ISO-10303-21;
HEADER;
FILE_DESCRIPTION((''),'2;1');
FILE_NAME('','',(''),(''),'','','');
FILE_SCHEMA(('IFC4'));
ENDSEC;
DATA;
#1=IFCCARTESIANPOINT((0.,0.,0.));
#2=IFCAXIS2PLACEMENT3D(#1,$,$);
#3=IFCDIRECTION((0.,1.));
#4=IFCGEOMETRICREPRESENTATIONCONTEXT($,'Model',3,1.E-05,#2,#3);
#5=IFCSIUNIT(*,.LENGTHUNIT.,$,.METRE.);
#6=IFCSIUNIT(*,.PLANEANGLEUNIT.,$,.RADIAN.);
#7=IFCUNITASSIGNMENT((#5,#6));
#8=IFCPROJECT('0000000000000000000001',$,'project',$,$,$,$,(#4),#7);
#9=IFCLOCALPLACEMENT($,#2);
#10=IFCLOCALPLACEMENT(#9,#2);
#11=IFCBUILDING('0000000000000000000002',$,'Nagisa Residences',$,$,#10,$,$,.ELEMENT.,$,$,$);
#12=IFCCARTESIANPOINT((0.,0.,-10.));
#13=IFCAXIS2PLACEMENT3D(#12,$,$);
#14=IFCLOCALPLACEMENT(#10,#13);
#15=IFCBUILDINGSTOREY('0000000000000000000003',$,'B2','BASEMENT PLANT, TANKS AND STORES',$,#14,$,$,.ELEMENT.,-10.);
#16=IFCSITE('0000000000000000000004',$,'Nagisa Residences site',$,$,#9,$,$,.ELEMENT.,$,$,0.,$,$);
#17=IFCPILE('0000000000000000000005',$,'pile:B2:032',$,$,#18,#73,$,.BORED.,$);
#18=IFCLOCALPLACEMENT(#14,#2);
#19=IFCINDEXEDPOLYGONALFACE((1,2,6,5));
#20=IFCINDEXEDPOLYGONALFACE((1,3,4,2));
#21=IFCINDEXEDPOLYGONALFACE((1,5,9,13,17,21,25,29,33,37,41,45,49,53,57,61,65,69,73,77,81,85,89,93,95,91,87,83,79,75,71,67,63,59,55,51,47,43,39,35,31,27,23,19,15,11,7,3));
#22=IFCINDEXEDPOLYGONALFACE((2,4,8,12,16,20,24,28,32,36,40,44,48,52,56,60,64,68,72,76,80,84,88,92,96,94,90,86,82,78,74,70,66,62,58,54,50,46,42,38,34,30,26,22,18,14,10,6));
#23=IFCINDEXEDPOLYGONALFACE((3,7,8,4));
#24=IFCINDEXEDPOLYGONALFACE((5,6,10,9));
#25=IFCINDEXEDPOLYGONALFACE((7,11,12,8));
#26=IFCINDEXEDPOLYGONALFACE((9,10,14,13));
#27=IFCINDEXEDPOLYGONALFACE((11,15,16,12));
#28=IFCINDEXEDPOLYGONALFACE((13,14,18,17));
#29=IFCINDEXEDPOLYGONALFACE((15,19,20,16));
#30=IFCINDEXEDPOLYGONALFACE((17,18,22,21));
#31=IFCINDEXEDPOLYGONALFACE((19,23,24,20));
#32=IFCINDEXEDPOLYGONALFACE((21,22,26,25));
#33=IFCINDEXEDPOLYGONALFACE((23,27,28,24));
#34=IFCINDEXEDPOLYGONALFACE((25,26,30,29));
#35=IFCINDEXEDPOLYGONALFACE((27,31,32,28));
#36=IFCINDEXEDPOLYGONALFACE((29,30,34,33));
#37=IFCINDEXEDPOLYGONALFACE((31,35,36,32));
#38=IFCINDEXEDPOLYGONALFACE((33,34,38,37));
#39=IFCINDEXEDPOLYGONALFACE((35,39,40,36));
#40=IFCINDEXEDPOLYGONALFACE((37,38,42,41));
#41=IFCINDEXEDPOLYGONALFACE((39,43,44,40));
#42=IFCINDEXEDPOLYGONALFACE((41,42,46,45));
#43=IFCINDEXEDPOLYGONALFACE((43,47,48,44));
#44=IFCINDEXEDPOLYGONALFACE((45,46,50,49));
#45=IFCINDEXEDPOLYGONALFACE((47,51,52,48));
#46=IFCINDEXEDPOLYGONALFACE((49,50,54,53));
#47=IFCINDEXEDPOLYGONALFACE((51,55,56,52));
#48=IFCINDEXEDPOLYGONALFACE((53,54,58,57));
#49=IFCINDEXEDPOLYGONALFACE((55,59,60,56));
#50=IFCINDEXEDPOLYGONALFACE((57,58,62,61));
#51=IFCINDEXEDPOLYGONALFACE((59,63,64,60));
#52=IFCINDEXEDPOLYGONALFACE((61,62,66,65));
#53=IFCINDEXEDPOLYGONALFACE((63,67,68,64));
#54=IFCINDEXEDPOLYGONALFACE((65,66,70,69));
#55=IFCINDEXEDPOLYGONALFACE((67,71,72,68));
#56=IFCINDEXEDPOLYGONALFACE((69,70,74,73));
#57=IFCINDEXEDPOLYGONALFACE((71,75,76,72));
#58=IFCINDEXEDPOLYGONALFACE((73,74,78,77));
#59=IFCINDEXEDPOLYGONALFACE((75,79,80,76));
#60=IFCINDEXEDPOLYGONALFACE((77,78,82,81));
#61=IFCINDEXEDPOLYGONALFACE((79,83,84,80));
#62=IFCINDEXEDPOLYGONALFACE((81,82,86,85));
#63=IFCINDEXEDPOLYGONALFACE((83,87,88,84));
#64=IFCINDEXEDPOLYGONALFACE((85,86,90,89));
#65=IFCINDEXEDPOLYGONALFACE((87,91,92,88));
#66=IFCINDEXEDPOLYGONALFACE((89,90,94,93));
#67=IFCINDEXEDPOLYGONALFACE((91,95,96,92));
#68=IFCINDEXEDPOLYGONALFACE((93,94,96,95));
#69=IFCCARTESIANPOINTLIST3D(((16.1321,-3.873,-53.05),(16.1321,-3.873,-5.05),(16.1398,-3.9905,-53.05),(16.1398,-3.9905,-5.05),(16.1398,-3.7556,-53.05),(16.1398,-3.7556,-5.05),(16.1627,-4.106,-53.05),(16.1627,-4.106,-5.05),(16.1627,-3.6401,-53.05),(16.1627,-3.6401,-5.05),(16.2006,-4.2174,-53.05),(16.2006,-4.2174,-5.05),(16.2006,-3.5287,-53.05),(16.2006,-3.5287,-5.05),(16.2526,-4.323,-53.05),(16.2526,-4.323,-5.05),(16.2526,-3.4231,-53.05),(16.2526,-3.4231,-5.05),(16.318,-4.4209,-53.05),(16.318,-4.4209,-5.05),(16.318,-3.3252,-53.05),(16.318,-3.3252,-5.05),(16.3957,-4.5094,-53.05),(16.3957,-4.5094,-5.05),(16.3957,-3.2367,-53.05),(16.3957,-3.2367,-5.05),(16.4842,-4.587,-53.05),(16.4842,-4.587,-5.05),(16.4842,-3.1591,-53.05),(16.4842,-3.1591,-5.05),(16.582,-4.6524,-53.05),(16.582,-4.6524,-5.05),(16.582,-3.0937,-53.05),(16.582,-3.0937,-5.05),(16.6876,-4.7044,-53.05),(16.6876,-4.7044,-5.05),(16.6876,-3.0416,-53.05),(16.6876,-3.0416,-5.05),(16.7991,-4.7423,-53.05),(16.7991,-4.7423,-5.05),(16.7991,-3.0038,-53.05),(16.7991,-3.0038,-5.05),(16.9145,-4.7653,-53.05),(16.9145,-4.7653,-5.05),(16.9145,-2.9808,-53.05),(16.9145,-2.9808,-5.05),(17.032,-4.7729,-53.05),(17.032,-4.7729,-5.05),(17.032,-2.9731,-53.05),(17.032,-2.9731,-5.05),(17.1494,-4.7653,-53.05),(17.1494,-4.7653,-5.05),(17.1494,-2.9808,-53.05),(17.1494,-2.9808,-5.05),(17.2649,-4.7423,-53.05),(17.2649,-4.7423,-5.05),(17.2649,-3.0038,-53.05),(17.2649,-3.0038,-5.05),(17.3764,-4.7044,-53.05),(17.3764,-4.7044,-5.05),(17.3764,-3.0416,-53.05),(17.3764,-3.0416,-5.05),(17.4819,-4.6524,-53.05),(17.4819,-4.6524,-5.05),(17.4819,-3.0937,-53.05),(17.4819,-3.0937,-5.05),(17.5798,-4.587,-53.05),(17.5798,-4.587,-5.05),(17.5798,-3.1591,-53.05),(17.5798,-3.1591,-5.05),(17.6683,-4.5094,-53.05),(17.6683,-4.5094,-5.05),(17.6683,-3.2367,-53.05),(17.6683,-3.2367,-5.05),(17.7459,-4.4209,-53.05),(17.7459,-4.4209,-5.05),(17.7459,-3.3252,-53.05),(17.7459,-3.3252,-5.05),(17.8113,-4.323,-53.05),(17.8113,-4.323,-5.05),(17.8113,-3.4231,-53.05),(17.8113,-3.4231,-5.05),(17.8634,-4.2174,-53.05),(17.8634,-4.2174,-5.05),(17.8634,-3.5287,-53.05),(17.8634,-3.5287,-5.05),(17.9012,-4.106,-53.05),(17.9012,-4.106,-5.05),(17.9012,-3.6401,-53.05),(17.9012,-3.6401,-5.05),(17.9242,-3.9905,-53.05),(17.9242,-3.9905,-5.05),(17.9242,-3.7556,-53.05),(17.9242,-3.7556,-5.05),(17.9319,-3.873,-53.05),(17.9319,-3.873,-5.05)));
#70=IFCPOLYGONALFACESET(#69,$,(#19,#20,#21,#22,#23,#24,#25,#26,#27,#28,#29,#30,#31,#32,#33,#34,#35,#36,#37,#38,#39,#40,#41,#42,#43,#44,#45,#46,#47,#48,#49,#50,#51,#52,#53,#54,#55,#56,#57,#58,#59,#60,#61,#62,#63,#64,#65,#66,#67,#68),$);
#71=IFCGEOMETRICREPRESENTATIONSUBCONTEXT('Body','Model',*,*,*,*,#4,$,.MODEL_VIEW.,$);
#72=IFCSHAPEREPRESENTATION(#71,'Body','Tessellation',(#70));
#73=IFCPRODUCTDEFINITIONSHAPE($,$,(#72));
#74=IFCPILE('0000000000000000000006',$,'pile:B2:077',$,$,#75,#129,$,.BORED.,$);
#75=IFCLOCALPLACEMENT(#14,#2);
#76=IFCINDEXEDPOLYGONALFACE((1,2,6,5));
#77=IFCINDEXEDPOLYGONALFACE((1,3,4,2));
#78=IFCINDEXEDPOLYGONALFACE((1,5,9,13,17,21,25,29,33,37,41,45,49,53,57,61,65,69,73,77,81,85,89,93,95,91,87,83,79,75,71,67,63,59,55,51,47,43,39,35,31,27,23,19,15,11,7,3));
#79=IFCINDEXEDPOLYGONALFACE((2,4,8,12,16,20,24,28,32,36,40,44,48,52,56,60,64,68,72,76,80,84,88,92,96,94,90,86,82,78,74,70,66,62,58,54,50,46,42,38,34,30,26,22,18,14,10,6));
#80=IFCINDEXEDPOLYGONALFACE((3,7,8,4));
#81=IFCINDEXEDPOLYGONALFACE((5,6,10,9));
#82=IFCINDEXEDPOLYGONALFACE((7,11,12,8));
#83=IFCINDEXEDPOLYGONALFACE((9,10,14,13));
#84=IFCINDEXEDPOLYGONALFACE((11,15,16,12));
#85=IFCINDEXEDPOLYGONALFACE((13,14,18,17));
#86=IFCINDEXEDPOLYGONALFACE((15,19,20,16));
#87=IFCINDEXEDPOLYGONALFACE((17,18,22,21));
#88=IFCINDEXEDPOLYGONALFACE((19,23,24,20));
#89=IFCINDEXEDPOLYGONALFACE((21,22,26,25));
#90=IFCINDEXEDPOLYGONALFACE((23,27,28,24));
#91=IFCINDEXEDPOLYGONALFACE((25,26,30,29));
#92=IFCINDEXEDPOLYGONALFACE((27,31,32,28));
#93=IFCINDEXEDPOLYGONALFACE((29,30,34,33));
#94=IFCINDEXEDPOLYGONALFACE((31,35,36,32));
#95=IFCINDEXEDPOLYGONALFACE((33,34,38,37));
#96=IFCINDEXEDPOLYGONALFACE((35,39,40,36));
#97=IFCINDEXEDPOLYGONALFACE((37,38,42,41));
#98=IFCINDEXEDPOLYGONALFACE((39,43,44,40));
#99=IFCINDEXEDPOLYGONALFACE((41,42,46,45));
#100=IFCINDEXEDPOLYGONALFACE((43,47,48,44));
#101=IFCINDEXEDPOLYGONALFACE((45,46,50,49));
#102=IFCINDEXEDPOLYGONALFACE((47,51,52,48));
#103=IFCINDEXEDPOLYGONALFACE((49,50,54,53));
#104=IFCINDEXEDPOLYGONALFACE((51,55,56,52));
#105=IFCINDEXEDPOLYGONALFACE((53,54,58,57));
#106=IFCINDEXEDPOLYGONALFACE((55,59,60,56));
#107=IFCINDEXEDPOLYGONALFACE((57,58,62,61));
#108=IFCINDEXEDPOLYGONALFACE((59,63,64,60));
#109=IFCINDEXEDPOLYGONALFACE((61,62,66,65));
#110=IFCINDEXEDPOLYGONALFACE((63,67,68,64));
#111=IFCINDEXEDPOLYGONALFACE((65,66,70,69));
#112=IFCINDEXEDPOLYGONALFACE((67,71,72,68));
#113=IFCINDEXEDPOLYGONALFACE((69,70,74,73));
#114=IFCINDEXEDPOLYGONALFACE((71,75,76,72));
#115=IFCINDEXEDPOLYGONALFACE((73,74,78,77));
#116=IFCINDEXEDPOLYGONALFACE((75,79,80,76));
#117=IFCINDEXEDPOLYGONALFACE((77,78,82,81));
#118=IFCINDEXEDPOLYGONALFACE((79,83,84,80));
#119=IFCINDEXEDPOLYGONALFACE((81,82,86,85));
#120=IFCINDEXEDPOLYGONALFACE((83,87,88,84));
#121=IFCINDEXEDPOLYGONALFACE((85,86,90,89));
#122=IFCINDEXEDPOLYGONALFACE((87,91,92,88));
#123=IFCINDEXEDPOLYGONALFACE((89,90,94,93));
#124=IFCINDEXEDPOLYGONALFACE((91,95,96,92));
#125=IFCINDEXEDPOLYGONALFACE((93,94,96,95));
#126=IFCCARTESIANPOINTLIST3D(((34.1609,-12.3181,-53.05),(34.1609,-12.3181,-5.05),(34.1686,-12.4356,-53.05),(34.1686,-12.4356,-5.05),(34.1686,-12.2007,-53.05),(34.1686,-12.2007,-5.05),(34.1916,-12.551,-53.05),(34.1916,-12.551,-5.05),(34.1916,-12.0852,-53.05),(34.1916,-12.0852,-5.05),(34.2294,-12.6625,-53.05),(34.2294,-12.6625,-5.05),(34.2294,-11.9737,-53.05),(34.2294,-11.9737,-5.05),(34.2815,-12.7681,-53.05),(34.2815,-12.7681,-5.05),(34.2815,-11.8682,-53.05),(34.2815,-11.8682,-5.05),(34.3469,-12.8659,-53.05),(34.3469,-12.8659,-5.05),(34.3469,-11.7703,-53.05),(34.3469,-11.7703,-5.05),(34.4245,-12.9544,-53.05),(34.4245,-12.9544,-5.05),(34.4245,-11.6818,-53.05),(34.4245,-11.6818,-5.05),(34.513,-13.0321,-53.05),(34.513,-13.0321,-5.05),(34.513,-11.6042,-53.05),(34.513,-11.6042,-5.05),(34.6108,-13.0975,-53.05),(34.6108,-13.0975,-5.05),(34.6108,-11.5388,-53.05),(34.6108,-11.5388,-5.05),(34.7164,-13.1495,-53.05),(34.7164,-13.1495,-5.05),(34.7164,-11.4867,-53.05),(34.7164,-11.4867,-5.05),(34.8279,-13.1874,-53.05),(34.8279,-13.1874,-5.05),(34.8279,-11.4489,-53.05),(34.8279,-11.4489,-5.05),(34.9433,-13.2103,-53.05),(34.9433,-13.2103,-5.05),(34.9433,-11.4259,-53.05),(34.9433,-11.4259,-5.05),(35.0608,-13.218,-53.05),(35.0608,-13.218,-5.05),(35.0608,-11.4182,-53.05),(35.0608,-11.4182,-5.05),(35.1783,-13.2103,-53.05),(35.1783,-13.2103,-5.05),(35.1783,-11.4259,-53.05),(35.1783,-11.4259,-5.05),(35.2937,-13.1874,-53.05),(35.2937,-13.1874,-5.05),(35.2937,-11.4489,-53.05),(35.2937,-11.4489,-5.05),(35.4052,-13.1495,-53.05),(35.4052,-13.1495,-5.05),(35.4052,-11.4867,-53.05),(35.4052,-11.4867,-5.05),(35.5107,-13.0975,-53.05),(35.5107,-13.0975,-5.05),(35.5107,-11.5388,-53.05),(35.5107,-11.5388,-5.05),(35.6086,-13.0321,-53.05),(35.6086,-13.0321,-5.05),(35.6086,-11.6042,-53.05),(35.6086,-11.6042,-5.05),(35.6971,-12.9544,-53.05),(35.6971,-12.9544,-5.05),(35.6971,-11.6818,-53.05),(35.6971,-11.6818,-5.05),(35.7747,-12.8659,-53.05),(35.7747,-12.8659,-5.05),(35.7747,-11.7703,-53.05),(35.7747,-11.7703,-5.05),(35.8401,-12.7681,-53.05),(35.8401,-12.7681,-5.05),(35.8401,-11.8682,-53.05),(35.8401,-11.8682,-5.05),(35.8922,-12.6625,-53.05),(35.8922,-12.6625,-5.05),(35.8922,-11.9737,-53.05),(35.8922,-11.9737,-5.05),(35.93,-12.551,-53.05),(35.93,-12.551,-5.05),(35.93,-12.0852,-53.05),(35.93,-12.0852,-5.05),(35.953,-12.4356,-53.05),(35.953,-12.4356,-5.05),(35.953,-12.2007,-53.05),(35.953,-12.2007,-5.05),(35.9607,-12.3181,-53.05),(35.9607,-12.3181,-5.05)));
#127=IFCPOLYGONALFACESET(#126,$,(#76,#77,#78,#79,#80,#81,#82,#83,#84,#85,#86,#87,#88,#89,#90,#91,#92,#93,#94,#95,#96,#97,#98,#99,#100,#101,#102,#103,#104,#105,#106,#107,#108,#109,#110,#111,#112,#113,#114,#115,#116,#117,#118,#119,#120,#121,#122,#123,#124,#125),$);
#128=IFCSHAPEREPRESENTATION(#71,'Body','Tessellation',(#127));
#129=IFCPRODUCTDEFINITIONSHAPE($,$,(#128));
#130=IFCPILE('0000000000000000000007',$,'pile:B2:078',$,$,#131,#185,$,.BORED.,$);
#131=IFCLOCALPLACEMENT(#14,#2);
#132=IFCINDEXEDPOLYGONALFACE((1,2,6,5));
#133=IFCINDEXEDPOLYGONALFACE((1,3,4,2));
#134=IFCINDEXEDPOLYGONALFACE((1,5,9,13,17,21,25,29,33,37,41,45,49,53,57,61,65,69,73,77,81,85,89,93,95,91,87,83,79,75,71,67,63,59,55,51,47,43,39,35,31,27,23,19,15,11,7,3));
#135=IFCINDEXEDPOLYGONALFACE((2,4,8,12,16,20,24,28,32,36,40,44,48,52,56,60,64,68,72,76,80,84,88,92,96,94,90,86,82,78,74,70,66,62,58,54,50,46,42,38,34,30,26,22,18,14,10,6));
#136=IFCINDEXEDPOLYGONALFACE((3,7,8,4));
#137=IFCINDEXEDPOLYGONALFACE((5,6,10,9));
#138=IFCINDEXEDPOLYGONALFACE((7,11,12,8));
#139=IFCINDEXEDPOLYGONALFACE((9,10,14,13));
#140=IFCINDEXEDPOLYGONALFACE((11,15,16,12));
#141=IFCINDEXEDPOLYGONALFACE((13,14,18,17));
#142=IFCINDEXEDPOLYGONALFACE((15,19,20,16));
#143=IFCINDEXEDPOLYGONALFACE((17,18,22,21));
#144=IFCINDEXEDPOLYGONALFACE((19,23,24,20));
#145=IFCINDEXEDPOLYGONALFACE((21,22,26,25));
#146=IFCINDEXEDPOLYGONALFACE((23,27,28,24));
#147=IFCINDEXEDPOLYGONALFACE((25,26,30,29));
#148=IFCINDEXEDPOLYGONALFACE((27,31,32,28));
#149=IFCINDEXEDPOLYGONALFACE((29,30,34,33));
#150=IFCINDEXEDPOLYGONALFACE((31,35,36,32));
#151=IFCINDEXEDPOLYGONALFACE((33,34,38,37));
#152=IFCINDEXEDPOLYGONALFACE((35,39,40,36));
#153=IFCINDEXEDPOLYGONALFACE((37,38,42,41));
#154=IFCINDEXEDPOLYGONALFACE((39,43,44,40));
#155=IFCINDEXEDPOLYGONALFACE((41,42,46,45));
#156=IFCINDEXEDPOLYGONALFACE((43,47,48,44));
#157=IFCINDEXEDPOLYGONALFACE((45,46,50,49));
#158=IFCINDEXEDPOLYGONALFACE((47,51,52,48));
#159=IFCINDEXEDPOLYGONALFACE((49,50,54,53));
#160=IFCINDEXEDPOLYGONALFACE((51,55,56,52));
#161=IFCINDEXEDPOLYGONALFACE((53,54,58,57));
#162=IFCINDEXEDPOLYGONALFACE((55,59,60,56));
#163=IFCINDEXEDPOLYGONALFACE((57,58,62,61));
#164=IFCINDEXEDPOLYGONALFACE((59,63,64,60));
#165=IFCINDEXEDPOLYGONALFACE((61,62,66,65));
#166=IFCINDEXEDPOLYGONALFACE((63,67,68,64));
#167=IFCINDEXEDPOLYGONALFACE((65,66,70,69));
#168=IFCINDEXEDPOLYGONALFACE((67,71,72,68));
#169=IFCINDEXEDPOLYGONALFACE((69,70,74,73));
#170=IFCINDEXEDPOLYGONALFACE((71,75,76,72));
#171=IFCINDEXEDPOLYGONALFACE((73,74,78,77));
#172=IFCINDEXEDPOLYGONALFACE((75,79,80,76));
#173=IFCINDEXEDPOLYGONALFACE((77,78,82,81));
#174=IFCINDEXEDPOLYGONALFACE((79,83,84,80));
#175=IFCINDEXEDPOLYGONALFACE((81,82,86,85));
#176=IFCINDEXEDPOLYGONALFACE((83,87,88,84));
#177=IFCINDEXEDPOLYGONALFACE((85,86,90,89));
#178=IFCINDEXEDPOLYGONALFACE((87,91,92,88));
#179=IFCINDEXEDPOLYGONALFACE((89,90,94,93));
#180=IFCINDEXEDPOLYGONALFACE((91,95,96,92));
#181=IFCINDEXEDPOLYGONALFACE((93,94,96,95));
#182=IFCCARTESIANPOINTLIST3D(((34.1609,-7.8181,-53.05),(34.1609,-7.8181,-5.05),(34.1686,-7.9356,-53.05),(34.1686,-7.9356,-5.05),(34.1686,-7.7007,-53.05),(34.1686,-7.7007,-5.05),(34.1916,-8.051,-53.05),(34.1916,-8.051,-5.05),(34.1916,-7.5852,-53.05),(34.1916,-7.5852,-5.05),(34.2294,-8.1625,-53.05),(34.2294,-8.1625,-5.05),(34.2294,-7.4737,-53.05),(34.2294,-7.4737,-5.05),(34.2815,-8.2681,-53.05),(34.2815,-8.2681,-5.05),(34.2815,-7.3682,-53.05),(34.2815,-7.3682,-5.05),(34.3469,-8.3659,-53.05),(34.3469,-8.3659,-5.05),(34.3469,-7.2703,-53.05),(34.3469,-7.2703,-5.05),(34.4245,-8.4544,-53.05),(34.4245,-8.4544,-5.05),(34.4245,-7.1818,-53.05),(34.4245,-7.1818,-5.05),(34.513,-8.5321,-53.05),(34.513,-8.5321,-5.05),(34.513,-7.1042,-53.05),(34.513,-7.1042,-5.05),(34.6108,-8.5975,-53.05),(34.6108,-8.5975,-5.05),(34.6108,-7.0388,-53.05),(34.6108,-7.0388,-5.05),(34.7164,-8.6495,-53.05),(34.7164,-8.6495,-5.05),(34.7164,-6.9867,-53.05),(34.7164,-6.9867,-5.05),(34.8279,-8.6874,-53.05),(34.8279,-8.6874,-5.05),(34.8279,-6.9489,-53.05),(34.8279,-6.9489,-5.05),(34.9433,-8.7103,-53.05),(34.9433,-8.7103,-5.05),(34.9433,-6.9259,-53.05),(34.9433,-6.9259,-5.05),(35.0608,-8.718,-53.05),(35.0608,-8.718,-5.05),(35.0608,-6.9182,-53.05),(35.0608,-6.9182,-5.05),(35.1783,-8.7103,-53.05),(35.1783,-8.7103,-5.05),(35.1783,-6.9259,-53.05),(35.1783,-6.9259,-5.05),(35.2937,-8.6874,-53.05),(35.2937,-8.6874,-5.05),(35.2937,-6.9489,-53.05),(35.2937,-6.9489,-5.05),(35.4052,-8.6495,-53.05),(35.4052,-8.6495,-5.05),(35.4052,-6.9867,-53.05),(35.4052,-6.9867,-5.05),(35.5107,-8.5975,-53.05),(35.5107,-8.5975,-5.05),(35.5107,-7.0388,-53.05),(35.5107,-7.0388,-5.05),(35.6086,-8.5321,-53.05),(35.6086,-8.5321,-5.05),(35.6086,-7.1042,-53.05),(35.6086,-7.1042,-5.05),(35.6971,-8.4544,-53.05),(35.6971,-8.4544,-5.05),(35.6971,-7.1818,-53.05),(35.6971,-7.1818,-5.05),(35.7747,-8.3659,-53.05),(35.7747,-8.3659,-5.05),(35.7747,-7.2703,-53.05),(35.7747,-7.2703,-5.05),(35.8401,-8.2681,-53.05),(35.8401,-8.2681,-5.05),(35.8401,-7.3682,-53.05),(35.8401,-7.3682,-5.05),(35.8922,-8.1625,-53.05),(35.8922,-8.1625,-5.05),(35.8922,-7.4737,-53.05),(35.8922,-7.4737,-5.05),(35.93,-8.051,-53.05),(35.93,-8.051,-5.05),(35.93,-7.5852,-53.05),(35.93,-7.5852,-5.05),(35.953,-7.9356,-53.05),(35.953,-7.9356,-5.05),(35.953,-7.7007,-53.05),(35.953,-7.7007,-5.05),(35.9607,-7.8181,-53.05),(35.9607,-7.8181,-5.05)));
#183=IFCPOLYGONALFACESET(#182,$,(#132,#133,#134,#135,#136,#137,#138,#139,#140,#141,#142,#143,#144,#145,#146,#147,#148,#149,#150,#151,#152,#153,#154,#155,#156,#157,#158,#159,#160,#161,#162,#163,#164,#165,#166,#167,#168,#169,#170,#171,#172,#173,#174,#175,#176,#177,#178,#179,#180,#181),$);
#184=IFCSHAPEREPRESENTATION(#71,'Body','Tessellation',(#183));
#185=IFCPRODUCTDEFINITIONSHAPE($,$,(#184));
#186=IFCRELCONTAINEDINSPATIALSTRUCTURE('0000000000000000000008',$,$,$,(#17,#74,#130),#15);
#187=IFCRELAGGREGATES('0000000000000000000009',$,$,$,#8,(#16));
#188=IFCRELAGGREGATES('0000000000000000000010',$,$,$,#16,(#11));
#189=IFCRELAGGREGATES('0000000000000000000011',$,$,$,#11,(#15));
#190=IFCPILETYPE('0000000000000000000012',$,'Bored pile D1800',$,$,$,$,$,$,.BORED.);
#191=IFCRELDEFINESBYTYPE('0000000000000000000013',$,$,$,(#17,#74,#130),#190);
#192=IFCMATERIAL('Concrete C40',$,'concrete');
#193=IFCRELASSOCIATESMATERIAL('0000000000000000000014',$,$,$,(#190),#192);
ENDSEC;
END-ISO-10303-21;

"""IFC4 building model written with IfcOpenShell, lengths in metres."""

from ifc_helpers import new_model, si_unit, direction, frame, origin, origin_2d, place, context, subcontext, project, spatial, circle, extrude, material, material_profile, profile_set, type_object, element, save


model = new_model("IFC4")

# Units and contexts
model_context = context("Model", 3, precision=1e-05, world=origin(), true_north=direction((0.0, 1.0)))
body_context = subcontext(model_context, "Body", "Model", "MODEL_VIEW")
ifc_project = project(units=[si_unit("LENGTHUNIT", "METRE"), si_unit("PLANEANGLEUNIT", "RADIAN")], contexts=[model_context])

# Site, building, storey
site_placement = place(None, origin())
site = spatial("IfcSite", under=ifc_project, at=site_placement, Name="Nagisa Residences site", CompositionType="ELEMENT", RefElevation=0.0)
building_placement = place(site_placement, origin())
building = spatial("IfcBuilding", under=site, at=building_placement, Name="Nagisa Residences", CompositionType="ELEMENT")
storey_placement = place(building_placement, frame((0.0, 0.0, -10.0)))
storey = spatial("IfcBuildingStorey", under=building, at=storey_placement, Name="B2", Description="BASEMENT PLANT, TANKS AND STORES", CompositionType="ELEMENT", Elevation=-10.0)

# Piles
ifc_material_1 = material(Name="Concrete C40", Category="concrete")
ifc_material_profile_1 = material_profile(ifc_material_1, circle(Radius=0.8999, at=origin_2d()), Name="Bored pile D1800")
ifc_profile_set_1 = profile_set([ifc_material_profile_1], Name="Concrete C40")
pile_type = type_object("IfcPileType", Name="Bored pile D1800", PredefinedType="BORED", material=ifc_profile_set_1)
for number, where, z_axis, x_axis, name in (
    (1, (17.032, -3.873, -5.05), (0.0, 0.0, -1.0), (1.0, 0.0, 0.0), "pile:B2:032"),
    (2, (35.0608, -12.3181, -5.05), (0.0, 0.0, -1.0), (1.0, 0.0, 0.0), "pile:B2:077"),
    (3, (35.0608, -7.8181, -5.05), (0.0, 0.0, -1.0), (1.0, 0.0, 0.0), "pile:B2:078"),
):
    element("IfcPile", number, at=place(storey_placement, frame(where, z_axis=z_axis, x_axis=x_axis)), inside=storey, type_object=pile_type, Name=name, PredefinedType="BORED", context=body_context, shape_type="SweptSolid", body=[
        extrude(circle(Radius=0.8999, at=origin_2d()), origin(), (0.0, 0.0, 1.0), 48.0),
    ])

save(model, "model.ifc")
